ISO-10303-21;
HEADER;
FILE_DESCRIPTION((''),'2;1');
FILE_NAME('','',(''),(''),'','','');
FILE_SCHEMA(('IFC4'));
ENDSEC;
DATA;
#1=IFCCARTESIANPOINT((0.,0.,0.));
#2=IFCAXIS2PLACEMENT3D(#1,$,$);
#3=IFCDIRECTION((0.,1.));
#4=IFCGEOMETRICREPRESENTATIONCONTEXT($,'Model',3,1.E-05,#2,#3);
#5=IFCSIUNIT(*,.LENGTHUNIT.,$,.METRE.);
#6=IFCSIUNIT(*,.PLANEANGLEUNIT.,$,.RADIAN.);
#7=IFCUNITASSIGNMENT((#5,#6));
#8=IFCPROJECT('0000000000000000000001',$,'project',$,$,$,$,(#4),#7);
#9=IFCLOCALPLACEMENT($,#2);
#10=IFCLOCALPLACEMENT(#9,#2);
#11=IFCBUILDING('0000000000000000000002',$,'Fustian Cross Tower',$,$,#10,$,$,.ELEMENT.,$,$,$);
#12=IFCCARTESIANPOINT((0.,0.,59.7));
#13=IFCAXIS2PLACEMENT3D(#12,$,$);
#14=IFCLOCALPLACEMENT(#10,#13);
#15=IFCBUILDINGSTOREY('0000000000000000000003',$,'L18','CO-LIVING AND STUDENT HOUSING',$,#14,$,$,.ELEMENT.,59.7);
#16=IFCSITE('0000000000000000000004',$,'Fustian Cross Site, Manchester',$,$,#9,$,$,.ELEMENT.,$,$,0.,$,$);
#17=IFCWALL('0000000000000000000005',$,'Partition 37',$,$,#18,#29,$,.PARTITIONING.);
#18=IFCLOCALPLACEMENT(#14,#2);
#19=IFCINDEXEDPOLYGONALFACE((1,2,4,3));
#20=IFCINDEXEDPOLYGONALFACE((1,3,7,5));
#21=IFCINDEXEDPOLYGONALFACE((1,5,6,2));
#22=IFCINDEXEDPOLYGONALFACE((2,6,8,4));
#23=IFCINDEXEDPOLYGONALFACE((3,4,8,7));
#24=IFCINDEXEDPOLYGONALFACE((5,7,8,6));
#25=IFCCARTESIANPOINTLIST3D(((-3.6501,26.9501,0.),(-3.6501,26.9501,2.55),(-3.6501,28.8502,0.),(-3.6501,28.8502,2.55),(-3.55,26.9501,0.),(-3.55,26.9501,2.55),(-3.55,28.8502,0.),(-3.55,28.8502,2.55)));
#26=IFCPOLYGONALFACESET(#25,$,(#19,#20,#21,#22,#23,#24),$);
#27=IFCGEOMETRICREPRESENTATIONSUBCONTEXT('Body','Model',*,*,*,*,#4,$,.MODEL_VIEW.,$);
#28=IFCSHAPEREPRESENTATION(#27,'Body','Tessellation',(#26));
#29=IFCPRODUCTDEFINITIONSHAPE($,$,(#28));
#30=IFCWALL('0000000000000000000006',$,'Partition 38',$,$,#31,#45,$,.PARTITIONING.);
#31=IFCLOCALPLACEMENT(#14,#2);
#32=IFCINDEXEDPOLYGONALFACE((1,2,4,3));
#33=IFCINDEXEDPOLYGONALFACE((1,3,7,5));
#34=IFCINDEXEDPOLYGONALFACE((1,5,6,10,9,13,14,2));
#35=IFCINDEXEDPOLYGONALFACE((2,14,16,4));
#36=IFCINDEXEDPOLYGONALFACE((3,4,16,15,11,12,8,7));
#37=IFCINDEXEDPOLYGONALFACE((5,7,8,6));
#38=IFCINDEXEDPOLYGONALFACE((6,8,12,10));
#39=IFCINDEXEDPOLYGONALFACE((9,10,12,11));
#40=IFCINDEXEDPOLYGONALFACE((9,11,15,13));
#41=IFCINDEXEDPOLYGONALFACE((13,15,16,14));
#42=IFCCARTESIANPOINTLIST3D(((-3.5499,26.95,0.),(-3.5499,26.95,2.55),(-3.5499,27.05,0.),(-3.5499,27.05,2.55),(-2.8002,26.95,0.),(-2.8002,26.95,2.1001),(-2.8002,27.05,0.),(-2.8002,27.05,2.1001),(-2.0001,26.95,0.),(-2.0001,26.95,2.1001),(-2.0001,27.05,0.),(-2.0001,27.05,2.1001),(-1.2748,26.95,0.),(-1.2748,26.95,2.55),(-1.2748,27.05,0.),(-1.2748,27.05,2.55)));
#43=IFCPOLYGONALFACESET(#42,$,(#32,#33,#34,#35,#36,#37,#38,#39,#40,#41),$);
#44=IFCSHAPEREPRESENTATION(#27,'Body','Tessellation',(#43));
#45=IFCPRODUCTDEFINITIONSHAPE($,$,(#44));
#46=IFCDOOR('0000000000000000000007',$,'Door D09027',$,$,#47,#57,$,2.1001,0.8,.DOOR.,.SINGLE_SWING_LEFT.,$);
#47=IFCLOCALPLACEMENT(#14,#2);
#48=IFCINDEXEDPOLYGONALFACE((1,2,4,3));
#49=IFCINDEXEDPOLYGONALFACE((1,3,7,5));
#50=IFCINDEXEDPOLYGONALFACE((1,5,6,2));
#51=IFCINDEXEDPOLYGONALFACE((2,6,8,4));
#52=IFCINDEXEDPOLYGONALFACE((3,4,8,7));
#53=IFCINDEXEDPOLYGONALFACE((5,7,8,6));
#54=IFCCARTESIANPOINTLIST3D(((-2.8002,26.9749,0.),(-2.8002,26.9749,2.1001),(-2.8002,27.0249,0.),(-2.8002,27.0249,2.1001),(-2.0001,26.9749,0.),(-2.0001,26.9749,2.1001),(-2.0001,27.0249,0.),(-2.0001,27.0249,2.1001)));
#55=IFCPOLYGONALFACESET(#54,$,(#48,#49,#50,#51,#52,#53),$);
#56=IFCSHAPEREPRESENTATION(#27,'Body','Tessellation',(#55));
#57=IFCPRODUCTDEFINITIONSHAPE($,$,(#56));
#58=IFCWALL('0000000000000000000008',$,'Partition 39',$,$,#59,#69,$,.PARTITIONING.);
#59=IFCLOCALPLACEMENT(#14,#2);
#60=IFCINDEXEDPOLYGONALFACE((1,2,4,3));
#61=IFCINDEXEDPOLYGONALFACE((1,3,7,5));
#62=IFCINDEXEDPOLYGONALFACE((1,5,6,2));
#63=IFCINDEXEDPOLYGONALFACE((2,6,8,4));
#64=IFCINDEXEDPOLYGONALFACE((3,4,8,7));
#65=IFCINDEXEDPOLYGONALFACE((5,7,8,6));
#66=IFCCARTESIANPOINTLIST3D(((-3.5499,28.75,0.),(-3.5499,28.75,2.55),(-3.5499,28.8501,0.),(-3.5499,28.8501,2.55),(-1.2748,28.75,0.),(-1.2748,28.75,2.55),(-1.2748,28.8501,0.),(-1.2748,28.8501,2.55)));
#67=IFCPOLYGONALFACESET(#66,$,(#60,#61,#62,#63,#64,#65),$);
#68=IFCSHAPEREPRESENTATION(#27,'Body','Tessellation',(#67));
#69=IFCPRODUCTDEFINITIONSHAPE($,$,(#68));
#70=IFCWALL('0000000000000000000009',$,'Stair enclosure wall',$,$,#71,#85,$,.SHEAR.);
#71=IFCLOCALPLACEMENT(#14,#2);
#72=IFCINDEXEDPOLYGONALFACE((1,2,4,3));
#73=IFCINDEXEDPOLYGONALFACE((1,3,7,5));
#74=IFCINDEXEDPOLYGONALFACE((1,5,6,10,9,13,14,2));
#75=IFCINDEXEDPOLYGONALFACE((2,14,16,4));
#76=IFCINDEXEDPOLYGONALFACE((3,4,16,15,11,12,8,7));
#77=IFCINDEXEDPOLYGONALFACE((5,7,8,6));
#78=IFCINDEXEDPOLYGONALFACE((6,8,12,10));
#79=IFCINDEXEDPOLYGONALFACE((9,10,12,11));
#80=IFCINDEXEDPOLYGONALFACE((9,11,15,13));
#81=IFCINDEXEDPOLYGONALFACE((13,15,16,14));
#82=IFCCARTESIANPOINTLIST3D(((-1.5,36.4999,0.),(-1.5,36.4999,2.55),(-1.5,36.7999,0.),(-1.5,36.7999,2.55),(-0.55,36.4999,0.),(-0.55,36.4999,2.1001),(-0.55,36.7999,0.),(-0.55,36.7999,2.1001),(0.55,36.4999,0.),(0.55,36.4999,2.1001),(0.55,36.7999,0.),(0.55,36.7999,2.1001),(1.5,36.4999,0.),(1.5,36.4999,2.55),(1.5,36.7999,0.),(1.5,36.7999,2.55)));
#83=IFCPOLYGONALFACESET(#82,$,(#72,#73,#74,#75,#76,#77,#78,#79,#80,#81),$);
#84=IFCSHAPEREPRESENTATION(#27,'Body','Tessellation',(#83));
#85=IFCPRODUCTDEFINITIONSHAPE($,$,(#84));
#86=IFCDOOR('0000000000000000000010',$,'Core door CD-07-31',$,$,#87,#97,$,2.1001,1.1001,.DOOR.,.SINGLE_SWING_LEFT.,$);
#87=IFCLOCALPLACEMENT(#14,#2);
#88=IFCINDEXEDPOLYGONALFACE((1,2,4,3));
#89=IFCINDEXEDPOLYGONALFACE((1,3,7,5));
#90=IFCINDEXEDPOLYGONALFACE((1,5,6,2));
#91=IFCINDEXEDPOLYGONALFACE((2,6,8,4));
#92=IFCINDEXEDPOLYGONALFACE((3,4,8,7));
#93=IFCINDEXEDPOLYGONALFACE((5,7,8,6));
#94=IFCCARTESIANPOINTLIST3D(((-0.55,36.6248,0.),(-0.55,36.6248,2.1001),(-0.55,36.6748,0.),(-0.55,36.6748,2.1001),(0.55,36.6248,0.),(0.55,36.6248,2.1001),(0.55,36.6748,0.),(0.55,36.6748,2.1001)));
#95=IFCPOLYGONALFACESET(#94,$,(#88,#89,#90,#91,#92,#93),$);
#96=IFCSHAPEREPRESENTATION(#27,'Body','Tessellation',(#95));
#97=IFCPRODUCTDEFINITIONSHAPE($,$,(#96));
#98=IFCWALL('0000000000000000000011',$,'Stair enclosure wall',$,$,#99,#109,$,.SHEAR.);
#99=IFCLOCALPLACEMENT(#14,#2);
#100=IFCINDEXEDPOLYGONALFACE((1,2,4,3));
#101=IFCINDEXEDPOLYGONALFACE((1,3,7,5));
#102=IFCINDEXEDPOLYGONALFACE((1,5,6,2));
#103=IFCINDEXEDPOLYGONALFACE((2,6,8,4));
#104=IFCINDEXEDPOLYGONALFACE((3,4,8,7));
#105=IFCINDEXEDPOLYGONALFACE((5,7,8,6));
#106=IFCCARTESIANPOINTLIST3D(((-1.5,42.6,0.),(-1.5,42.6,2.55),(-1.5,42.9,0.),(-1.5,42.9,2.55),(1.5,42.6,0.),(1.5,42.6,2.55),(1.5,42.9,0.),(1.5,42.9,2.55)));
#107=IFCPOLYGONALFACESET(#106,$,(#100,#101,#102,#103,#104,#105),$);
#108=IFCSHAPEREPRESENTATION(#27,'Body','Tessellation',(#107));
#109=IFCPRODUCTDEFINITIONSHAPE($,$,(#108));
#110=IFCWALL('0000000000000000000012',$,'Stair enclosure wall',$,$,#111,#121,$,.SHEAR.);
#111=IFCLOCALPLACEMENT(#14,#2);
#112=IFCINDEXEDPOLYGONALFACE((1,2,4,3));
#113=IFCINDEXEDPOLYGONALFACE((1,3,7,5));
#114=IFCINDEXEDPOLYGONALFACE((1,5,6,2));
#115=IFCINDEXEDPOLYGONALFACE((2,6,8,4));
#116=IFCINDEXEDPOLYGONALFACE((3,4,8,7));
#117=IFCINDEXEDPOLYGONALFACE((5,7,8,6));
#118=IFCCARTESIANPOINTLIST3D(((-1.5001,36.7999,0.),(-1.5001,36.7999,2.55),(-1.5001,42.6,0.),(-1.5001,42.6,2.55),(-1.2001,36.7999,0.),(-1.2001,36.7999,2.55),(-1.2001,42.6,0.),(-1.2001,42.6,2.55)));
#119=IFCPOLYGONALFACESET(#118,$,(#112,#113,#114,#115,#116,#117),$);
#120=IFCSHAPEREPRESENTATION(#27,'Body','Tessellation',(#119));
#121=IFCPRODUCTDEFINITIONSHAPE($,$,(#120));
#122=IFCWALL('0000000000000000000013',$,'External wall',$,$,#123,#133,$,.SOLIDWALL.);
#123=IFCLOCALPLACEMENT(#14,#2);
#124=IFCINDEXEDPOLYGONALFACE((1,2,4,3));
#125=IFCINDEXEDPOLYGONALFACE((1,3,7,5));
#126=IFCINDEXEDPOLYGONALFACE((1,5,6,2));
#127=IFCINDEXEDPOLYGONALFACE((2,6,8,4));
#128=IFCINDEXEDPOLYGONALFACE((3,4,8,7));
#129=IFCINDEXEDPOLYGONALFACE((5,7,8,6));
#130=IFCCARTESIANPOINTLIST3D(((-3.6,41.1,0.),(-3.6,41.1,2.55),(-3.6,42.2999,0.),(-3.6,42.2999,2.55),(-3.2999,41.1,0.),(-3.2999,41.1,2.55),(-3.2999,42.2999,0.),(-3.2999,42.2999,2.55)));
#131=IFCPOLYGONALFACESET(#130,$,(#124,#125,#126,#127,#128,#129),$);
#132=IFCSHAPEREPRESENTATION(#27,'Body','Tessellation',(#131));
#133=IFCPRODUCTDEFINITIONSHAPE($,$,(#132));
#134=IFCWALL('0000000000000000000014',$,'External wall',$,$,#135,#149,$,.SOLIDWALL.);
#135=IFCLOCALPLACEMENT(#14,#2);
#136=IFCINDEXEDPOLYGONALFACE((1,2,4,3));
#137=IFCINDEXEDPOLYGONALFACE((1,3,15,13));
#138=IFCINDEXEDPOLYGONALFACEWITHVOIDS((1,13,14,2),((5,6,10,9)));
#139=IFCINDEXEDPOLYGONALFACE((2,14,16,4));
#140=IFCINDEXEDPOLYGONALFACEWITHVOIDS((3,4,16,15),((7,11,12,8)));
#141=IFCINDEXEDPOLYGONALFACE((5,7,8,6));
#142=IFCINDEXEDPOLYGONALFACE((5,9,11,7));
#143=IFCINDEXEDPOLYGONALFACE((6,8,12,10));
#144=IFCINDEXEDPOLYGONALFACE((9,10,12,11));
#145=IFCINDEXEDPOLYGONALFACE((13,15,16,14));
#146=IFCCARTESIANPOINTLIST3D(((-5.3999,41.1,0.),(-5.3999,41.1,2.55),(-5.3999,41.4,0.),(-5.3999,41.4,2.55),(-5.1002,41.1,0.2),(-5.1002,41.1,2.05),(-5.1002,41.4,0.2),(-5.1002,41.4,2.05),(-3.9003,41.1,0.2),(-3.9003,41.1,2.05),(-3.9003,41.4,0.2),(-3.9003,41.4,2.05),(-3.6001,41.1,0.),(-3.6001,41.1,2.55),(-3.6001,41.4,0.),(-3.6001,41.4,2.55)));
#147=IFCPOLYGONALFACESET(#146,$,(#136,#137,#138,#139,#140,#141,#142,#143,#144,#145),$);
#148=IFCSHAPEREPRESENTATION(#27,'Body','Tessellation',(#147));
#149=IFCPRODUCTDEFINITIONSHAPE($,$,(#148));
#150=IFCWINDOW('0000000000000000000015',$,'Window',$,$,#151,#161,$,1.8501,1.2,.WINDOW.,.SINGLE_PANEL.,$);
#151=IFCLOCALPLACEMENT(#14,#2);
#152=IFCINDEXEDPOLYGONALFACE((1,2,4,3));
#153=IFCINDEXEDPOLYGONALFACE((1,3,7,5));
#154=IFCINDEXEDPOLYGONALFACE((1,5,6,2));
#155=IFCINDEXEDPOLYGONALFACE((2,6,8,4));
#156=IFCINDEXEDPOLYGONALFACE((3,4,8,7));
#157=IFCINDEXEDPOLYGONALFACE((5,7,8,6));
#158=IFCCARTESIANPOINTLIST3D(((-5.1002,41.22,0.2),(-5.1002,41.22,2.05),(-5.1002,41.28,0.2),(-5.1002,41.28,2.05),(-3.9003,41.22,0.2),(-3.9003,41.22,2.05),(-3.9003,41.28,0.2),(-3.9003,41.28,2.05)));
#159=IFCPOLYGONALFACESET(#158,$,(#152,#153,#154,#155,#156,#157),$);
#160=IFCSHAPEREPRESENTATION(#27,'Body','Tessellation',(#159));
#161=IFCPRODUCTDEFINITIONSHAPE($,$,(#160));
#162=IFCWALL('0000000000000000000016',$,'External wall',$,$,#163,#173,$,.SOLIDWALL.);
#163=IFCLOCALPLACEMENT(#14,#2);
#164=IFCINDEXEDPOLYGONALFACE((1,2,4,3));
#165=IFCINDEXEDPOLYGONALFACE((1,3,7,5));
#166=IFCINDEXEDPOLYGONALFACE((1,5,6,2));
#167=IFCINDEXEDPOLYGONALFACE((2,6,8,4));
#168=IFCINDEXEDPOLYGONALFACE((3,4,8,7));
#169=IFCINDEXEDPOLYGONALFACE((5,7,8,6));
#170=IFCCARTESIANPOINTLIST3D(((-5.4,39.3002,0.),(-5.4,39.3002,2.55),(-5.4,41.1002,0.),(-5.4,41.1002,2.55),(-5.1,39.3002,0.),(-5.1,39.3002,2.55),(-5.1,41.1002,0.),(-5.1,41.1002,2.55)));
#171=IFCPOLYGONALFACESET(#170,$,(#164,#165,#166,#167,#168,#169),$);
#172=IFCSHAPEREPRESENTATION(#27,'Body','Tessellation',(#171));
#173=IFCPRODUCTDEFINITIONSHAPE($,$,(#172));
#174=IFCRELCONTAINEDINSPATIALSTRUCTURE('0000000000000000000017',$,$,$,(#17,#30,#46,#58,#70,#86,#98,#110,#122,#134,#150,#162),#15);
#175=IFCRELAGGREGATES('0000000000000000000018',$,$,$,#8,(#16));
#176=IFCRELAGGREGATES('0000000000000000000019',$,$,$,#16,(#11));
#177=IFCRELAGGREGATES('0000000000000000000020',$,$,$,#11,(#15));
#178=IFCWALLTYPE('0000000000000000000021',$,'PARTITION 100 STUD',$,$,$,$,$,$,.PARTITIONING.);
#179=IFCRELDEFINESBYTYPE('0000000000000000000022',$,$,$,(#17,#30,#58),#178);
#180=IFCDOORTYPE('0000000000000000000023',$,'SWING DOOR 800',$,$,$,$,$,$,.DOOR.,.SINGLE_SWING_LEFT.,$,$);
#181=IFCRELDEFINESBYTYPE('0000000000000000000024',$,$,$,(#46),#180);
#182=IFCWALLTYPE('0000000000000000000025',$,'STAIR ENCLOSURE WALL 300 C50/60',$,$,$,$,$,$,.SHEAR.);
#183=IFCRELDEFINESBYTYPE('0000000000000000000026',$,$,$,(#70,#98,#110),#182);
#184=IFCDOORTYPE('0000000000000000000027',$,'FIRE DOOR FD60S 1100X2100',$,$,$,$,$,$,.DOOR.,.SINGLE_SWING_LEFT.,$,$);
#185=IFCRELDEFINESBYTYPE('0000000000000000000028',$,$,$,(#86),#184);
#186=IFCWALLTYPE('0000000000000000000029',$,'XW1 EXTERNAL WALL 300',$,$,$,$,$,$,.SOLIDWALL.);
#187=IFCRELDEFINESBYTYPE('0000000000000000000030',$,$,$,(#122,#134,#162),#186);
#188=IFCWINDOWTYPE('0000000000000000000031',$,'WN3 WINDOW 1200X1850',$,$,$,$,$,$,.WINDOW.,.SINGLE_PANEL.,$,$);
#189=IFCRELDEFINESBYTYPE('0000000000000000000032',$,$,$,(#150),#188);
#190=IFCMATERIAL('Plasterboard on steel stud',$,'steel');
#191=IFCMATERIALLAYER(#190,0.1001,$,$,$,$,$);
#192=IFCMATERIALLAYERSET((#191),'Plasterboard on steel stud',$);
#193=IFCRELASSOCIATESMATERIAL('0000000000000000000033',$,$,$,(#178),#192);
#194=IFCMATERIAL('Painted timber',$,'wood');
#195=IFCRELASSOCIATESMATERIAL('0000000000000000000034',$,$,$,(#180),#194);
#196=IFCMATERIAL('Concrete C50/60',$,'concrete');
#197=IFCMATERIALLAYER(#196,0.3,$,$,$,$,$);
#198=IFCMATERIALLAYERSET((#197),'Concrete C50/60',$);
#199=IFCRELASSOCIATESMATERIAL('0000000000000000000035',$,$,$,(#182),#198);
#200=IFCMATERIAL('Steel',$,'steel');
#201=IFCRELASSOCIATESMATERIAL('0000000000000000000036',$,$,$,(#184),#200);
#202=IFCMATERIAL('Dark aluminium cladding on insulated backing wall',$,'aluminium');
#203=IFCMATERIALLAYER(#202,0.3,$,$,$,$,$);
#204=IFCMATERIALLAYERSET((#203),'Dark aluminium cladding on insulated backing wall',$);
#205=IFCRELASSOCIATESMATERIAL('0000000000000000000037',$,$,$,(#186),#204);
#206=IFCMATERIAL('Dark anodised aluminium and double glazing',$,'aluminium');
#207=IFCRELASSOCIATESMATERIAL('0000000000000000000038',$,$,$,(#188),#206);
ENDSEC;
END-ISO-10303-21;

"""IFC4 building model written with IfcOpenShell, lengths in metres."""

from ifc_helpers import new_model, si_unit, direction, frame, frame_2d, origin, place, context, subcontext, project, spatial, rectangle, extrude, material, layer, layer_set, type_object, element, fill, save


model = new_model("IFC4")

# Units and contexts
model_context = context("Model", 3, precision=1e-05, world=origin(), true_north=direction((0.0, 1.0)))
body_context = subcontext(model_context, "Body", "Model", "MODEL_VIEW")
ifc_project = project(units=[si_unit("LENGTHUNIT", "METRE"), si_unit("PLANEANGLEUNIT", "RADIAN")], contexts=[model_context])

# Site, building, storey
site_placement = place(None, origin())
site = spatial("IfcSite", under=ifc_project, at=site_placement, Name="Fustian Cross Site, Manchester", CompositionType="ELEMENT", RefElevation=0.0)
building_placement = place(site_placement, origin())
building = spatial("IfcBuilding", under=site, at=building_placement, Name="Fustian Cross Tower", CompositionType="ELEMENT")
storey_placement = place(building_placement, frame((0.0, 0.0, 59.7)))
storey = spatial("IfcBuildingStorey", under=building, at=storey_placement, Name="L18", Description="CO-LIVING AND STUDENT HOUSING", CompositionType="ELEMENT", Elevation=59.7)

# Shared definitions
ifc_material_1 = material(Name="Plasterboard on steel stud", Category="steel")
ifc_layer_1 = layer(ifc_material_1, 0.1001)
ifc_layer_set_1 = layer_set([ifc_layer_1], Name="Plasterboard on steel stud")
wall_type_1 = type_object("IfcWallType", Name="PARTITION 100 STUD", PredefinedType="PARTITIONING", material=ifc_layer_set_1)

# Shared definitions
ifc_material_2 = material(Name="Painted timber", Category="wood")
door_type_1 = type_object("IfcDoorType", Name="SWING DOOR 800", OperationType="SINGLE_SWING_LEFT", PredefinedType="DOOR", material=ifc_material_2)

# Wall
wall_1_placement = place(storey_placement, frame((-3.6001, 26.95, 0.0), z_axis=(0.0, 0.0, 1.0), x_axis=(0.0, 1.0, 0.0)))
element("IfcWall", 1, at=wall_1_placement, inside=storey, type_object=wall_type_1, Name="Partition 37", PredefinedType="PARTITIONING", context=body_context, shape_type="SweptSolid", body=[
    extrude(rectangle(XDim=1.9001, YDim=0.1001, at=frame_2d((0.9502, 0.0))), origin(), (0.0, 0.0, 1.0), 2.55),
])

# Wall, opening, door
wall_2_placement = place(storey_placement, frame((-3.55, 27.0, 0.0), z_axis=(0.0, 0.0, 1.0), x_axis=(1.0, 0.0, 0.0)))
wall_2 = element("IfcWall", 2, at=wall_2_placement, inside=storey, type_object=wall_type_1, Name="Partition 38", PredefinedType="PARTITIONING", context=body_context, shape_type="SweptSolid", body=[
    extrude(rectangle(XDim=2.2751, YDim=0.1001, at=frame_2d((1.1377, 0.0))), origin(), (0.0, 0.0, 1.0), 2.55),
])
opening_1_placement = place(wall_2_placement, frame((0.75, 0.0, 0.0)))
opening_1 = element("IfcOpeningElement", 3, at=opening_1_placement, cuts=wall_2, PredefinedType="OPENING", context=body_context, shape_type="SweptSolid", body=[
    extrude(rectangle(XDim=0.8, YDim=2.1001, at=frame_2d((0.3999, 1.05))), frame((0.0, 0.0601, 0.0), z_axis=(0.0, -1.0, 0.0), x_axis=(1.0, 0.0, 0.0)), (0.0, 0.0, 1.0), 0.1201),
])
door_1_placement = place(opening_1_placement, origin())
door_1 = element("IfcDoor", 4, at=door_1_placement, inside=storey, type_object=door_type_1, Name="Door D09027", OperationType="SINGLE_SWING_LEFT", OverallHeight=2.1001, OverallWidth=0.8, PredefinedType="DOOR", context=body_context, shape_type="SweptSolid", body=[
    extrude(rectangle(XDim=0.8, YDim=2.1001, at=frame_2d((0.3999, 1.05))), frame((0.0, 0.0249, 0.0), z_axis=(0.0, -1.0, 0.0), x_axis=(1.0, 0.0, 0.0)), (0.0, 0.0, 1.0), 0.05),
])
fill(opening_1, door_1)

# Wall
wall_3_placement = place(storey_placement, frame((-3.55, 28.8, 0.0), z_axis=(0.0, 0.0, 1.0), x_axis=(1.0, 0.0, 0.0)))
element("IfcWall", 5, at=wall_3_placement, inside=storey, type_object=wall_type_1, Name="Partition 39", PredefinedType="PARTITIONING", context=body_context, shape_type="SweptSolid", body=[
    extrude(rectangle(XDim=2.2751, YDim=0.1001, at=frame_2d((1.1377, 0.0))), origin(), (0.0, 0.0, 1.0), 2.55),
])

# Wall, opening, door
ifc_material_3 = material(Name="Concrete C50/60", Category="concrete")
ifc_layer_2 = layer(ifc_material_3, 0.3)
ifc_layer_set_2 = layer_set([ifc_layer_2], Name="Concrete C50/60")
wall_type_2 = type_object("IfcWallType", Name="STAIR ENCLOSURE WALL 300 C50/60", PredefinedType="SHEAR", material=ifc_layer_set_2)
wall_4_placement = place(storey_placement, frame((-1.5, 36.6499, 0.0), z_axis=(0.0, 0.0, 1.0), x_axis=(1.0, 0.0, 0.0)))
wall_4 = element("IfcWall", 6, at=wall_4_placement, inside=storey, type_object=wall_type_2, Name="Stair enclosure wall", PredefinedType="SHEAR", context=body_context, shape_type="SweptSolid", body=[
    extrude(rectangle(XDim=3.0, YDim=0.3, at=frame_2d((1.5, 0.0))), origin(), (0.0, 0.0, 1.0), 2.55),
])
opening_2_placement = place(wall_4_placement, frame((0.95, 0.0, 0.0)))
opening_2 = element("IfcOpeningElement", 7, at=opening_2_placement, cuts=wall_4, PredefinedType="OPENING", context=body_context, shape_type="SweptSolid", body=[
    extrude(rectangle(XDim=1.1001, YDim=2.1001, at=frame_2d((0.55, 1.05))), frame((0.0, 0.1599, 0.0), z_axis=(0.0, -1.0, 0.0), x_axis=(1.0, 0.0, 0.0)), (0.0, 0.0, 1.0), 0.3201),
])
ifc_material_4 = material(Name="Steel", Category="steel")
door_type_2 = type_object("IfcDoorType", Name="FIRE DOOR FD60S 1100X2100", OperationType="SINGLE_SWING_LEFT", PredefinedType="DOOR", material=ifc_material_4)
door_2_placement = place(opening_2_placement, origin())
door_2 = element("IfcDoor", 8, at=door_2_placement, inside=storey, type_object=door_type_2, Name="Core door CD-07-31", OperationType="SINGLE_SWING_LEFT", OverallHeight=2.1001, OverallWidth=1.1001, PredefinedType="DOOR", context=body_context, shape_type="SweptSolid", body=[
    extrude(rectangle(XDim=1.1001, YDim=2.1001, at=frame_2d((0.55, 1.05))), frame((0.0, 0.0249, 0.0), z_axis=(0.0, -1.0, 0.0), x_axis=(1.0, 0.0, 0.0)), (0.0, 0.0, 1.0), 0.05),
])
fill(opening_2, door_2)

# Walls
wall_5_placement = place(storey_placement, frame((-1.5, 42.75, 0.0), z_axis=(0.0, 0.0, 1.0), x_axis=(1.0, 0.0, 0.0)))
element("IfcWall", 9, at=wall_5_placement, inside=storey, type_object=wall_type_2, Name="Stair enclosure wall", PredefinedType="SHEAR", context=body_context, shape_type="SweptSolid", body=[
    extrude(rectangle(XDim=3.0, YDim=0.3, at=frame_2d((1.5, 0.0))), origin(), (0.0, 0.0, 1.0), 2.55),
])
wall_6_placement = place(storey_placement, frame((-1.3501, 36.8, 0.0), z_axis=(0.0, 0.0, 1.0), x_axis=(0.0, 1.0, 0.0)))
element("IfcWall", 10, at=wall_6_placement, inside=storey, type_object=wall_type_2, Name="Stair enclosure wall", PredefinedType="SHEAR", context=body_context, shape_type="SweptSolid", body=[
    extrude(rectangle(XDim=5.8, YDim=0.3, at=frame_2d((2.8999, 0.0))), origin(), (0.0, 0.0, 1.0), 2.55),
])
ifc_material_5 = material(Name="Dark aluminium cladding on insulated backing wall", Category="aluminium")
ifc_layer_3 = layer(ifc_material_5, 0.3)
ifc_layer_set_3 = layer_set([ifc_layer_3], Name="Dark aluminium cladding on insulated backing wall")
wall_type_3 = type_object("IfcWallType", Name="XW1 EXTERNAL WALL 300", PredefinedType="SOLIDWALL", material=ifc_layer_set_3)
wall_7_placement = place(storey_placement, frame((-3.45, 42.3, 0.0), z_axis=(0.0, 0.0, 1.0), x_axis=(0.0, -1.0, 0.0)))
element("IfcWall", 11, at=wall_7_placement, inside=storey, type_object=wall_type_3, Name="External wall", PredefinedType="SOLIDWALL", context=body_context, shape_type="SweptSolid", body=[
    extrude(rectangle(XDim=1.2, YDim=0.3, at=frame_2d((0.6001, 0.0))), origin(), (0.0, 0.0, 1.0), 2.55),
])

# Wall, opening, window
wall_8_placement = place(storey_placement, frame((-3.6001, 41.25, 0.0), z_axis=(0.0, 0.0, 1.0), x_axis=(-1.0, 0.0, 0.0)))
wall_8 = element("IfcWall", 12, at=wall_8_placement, inside=storey, type_object=wall_type_3, Name="External wall", PredefinedType="SOLIDWALL", context=body_context, shape_type="SweptSolid", body=[
    extrude(rectangle(XDim=1.7998, YDim=0.3, at=frame_2d((0.8999, 0.0))), origin(), (0.0, 0.0, 1.0), 2.55),
])
opening_3_placement = place(wall_8_placement, frame((0.3, 0.0, 0.2)))
opening_3 = element("IfcOpeningElement", 13, at=opening_3_placement, cuts=wall_8, PredefinedType="OPENING", context=body_context, shape_type="SweptSolid", body=[
    extrude(rectangle(XDim=1.2, YDim=1.8501, at=frame_2d((0.6001, 0.925))), frame((0.0, 0.1599, 0.0), z_axis=(0.0, -1.0, 0.0), x_axis=(1.0, 0.0, 0.0)), (0.0, 0.0, 1.0), 0.3201),
])
ifc_material_6 = material(Name="Dark anodised aluminium and double glazing", Category="aluminium")
window_type = type_object("IfcWindowType", Name="WN3 WINDOW 1200X1850", PartitioningType="SINGLE_PANEL", PredefinedType="WINDOW", material=ifc_material_6)
window_placement = place(opening_3_placement, origin())
window = element("IfcWindow", 14, at=window_placement, inside=storey, type_object=window_type, Name="Window", OverallHeight=1.8501, OverallWidth=1.2, PartitioningType="SINGLE_PANEL", PredefinedType="WINDOW", context=body_context, shape_type="SweptSolid", body=[
    extrude(rectangle(XDim=1.2, YDim=1.8501, at=frame_2d((0.6001, 0.925))), frame((0.0, 0.03, 0.0), z_axis=(0.0, -1.0, 0.0), x_axis=(1.0, 0.0, 0.0)), (0.0, 0.0, 1.0), 0.0601),
])
fill(opening_3, window)

# Wall
wall_9_placement = place(storey_placement, frame((-5.25, 41.1001, 0.0), z_axis=(0.0, 0.0, 1.0), x_axis=(0.0, -1.0, 0.0)))
element("IfcWall", 15, at=wall_9_placement, inside=storey, type_object=wall_type_3, Name="External wall", PredefinedType="SOLIDWALL", context=body_context, shape_type="SweptSolid", body=[
    extrude(rectangle(XDim=1.8, YDim=0.3, at=frame_2d((0.8999, 0.0))), origin(), (0.0, 0.0, 1.0), 2.55),
])

save(model, "model.ifc")
